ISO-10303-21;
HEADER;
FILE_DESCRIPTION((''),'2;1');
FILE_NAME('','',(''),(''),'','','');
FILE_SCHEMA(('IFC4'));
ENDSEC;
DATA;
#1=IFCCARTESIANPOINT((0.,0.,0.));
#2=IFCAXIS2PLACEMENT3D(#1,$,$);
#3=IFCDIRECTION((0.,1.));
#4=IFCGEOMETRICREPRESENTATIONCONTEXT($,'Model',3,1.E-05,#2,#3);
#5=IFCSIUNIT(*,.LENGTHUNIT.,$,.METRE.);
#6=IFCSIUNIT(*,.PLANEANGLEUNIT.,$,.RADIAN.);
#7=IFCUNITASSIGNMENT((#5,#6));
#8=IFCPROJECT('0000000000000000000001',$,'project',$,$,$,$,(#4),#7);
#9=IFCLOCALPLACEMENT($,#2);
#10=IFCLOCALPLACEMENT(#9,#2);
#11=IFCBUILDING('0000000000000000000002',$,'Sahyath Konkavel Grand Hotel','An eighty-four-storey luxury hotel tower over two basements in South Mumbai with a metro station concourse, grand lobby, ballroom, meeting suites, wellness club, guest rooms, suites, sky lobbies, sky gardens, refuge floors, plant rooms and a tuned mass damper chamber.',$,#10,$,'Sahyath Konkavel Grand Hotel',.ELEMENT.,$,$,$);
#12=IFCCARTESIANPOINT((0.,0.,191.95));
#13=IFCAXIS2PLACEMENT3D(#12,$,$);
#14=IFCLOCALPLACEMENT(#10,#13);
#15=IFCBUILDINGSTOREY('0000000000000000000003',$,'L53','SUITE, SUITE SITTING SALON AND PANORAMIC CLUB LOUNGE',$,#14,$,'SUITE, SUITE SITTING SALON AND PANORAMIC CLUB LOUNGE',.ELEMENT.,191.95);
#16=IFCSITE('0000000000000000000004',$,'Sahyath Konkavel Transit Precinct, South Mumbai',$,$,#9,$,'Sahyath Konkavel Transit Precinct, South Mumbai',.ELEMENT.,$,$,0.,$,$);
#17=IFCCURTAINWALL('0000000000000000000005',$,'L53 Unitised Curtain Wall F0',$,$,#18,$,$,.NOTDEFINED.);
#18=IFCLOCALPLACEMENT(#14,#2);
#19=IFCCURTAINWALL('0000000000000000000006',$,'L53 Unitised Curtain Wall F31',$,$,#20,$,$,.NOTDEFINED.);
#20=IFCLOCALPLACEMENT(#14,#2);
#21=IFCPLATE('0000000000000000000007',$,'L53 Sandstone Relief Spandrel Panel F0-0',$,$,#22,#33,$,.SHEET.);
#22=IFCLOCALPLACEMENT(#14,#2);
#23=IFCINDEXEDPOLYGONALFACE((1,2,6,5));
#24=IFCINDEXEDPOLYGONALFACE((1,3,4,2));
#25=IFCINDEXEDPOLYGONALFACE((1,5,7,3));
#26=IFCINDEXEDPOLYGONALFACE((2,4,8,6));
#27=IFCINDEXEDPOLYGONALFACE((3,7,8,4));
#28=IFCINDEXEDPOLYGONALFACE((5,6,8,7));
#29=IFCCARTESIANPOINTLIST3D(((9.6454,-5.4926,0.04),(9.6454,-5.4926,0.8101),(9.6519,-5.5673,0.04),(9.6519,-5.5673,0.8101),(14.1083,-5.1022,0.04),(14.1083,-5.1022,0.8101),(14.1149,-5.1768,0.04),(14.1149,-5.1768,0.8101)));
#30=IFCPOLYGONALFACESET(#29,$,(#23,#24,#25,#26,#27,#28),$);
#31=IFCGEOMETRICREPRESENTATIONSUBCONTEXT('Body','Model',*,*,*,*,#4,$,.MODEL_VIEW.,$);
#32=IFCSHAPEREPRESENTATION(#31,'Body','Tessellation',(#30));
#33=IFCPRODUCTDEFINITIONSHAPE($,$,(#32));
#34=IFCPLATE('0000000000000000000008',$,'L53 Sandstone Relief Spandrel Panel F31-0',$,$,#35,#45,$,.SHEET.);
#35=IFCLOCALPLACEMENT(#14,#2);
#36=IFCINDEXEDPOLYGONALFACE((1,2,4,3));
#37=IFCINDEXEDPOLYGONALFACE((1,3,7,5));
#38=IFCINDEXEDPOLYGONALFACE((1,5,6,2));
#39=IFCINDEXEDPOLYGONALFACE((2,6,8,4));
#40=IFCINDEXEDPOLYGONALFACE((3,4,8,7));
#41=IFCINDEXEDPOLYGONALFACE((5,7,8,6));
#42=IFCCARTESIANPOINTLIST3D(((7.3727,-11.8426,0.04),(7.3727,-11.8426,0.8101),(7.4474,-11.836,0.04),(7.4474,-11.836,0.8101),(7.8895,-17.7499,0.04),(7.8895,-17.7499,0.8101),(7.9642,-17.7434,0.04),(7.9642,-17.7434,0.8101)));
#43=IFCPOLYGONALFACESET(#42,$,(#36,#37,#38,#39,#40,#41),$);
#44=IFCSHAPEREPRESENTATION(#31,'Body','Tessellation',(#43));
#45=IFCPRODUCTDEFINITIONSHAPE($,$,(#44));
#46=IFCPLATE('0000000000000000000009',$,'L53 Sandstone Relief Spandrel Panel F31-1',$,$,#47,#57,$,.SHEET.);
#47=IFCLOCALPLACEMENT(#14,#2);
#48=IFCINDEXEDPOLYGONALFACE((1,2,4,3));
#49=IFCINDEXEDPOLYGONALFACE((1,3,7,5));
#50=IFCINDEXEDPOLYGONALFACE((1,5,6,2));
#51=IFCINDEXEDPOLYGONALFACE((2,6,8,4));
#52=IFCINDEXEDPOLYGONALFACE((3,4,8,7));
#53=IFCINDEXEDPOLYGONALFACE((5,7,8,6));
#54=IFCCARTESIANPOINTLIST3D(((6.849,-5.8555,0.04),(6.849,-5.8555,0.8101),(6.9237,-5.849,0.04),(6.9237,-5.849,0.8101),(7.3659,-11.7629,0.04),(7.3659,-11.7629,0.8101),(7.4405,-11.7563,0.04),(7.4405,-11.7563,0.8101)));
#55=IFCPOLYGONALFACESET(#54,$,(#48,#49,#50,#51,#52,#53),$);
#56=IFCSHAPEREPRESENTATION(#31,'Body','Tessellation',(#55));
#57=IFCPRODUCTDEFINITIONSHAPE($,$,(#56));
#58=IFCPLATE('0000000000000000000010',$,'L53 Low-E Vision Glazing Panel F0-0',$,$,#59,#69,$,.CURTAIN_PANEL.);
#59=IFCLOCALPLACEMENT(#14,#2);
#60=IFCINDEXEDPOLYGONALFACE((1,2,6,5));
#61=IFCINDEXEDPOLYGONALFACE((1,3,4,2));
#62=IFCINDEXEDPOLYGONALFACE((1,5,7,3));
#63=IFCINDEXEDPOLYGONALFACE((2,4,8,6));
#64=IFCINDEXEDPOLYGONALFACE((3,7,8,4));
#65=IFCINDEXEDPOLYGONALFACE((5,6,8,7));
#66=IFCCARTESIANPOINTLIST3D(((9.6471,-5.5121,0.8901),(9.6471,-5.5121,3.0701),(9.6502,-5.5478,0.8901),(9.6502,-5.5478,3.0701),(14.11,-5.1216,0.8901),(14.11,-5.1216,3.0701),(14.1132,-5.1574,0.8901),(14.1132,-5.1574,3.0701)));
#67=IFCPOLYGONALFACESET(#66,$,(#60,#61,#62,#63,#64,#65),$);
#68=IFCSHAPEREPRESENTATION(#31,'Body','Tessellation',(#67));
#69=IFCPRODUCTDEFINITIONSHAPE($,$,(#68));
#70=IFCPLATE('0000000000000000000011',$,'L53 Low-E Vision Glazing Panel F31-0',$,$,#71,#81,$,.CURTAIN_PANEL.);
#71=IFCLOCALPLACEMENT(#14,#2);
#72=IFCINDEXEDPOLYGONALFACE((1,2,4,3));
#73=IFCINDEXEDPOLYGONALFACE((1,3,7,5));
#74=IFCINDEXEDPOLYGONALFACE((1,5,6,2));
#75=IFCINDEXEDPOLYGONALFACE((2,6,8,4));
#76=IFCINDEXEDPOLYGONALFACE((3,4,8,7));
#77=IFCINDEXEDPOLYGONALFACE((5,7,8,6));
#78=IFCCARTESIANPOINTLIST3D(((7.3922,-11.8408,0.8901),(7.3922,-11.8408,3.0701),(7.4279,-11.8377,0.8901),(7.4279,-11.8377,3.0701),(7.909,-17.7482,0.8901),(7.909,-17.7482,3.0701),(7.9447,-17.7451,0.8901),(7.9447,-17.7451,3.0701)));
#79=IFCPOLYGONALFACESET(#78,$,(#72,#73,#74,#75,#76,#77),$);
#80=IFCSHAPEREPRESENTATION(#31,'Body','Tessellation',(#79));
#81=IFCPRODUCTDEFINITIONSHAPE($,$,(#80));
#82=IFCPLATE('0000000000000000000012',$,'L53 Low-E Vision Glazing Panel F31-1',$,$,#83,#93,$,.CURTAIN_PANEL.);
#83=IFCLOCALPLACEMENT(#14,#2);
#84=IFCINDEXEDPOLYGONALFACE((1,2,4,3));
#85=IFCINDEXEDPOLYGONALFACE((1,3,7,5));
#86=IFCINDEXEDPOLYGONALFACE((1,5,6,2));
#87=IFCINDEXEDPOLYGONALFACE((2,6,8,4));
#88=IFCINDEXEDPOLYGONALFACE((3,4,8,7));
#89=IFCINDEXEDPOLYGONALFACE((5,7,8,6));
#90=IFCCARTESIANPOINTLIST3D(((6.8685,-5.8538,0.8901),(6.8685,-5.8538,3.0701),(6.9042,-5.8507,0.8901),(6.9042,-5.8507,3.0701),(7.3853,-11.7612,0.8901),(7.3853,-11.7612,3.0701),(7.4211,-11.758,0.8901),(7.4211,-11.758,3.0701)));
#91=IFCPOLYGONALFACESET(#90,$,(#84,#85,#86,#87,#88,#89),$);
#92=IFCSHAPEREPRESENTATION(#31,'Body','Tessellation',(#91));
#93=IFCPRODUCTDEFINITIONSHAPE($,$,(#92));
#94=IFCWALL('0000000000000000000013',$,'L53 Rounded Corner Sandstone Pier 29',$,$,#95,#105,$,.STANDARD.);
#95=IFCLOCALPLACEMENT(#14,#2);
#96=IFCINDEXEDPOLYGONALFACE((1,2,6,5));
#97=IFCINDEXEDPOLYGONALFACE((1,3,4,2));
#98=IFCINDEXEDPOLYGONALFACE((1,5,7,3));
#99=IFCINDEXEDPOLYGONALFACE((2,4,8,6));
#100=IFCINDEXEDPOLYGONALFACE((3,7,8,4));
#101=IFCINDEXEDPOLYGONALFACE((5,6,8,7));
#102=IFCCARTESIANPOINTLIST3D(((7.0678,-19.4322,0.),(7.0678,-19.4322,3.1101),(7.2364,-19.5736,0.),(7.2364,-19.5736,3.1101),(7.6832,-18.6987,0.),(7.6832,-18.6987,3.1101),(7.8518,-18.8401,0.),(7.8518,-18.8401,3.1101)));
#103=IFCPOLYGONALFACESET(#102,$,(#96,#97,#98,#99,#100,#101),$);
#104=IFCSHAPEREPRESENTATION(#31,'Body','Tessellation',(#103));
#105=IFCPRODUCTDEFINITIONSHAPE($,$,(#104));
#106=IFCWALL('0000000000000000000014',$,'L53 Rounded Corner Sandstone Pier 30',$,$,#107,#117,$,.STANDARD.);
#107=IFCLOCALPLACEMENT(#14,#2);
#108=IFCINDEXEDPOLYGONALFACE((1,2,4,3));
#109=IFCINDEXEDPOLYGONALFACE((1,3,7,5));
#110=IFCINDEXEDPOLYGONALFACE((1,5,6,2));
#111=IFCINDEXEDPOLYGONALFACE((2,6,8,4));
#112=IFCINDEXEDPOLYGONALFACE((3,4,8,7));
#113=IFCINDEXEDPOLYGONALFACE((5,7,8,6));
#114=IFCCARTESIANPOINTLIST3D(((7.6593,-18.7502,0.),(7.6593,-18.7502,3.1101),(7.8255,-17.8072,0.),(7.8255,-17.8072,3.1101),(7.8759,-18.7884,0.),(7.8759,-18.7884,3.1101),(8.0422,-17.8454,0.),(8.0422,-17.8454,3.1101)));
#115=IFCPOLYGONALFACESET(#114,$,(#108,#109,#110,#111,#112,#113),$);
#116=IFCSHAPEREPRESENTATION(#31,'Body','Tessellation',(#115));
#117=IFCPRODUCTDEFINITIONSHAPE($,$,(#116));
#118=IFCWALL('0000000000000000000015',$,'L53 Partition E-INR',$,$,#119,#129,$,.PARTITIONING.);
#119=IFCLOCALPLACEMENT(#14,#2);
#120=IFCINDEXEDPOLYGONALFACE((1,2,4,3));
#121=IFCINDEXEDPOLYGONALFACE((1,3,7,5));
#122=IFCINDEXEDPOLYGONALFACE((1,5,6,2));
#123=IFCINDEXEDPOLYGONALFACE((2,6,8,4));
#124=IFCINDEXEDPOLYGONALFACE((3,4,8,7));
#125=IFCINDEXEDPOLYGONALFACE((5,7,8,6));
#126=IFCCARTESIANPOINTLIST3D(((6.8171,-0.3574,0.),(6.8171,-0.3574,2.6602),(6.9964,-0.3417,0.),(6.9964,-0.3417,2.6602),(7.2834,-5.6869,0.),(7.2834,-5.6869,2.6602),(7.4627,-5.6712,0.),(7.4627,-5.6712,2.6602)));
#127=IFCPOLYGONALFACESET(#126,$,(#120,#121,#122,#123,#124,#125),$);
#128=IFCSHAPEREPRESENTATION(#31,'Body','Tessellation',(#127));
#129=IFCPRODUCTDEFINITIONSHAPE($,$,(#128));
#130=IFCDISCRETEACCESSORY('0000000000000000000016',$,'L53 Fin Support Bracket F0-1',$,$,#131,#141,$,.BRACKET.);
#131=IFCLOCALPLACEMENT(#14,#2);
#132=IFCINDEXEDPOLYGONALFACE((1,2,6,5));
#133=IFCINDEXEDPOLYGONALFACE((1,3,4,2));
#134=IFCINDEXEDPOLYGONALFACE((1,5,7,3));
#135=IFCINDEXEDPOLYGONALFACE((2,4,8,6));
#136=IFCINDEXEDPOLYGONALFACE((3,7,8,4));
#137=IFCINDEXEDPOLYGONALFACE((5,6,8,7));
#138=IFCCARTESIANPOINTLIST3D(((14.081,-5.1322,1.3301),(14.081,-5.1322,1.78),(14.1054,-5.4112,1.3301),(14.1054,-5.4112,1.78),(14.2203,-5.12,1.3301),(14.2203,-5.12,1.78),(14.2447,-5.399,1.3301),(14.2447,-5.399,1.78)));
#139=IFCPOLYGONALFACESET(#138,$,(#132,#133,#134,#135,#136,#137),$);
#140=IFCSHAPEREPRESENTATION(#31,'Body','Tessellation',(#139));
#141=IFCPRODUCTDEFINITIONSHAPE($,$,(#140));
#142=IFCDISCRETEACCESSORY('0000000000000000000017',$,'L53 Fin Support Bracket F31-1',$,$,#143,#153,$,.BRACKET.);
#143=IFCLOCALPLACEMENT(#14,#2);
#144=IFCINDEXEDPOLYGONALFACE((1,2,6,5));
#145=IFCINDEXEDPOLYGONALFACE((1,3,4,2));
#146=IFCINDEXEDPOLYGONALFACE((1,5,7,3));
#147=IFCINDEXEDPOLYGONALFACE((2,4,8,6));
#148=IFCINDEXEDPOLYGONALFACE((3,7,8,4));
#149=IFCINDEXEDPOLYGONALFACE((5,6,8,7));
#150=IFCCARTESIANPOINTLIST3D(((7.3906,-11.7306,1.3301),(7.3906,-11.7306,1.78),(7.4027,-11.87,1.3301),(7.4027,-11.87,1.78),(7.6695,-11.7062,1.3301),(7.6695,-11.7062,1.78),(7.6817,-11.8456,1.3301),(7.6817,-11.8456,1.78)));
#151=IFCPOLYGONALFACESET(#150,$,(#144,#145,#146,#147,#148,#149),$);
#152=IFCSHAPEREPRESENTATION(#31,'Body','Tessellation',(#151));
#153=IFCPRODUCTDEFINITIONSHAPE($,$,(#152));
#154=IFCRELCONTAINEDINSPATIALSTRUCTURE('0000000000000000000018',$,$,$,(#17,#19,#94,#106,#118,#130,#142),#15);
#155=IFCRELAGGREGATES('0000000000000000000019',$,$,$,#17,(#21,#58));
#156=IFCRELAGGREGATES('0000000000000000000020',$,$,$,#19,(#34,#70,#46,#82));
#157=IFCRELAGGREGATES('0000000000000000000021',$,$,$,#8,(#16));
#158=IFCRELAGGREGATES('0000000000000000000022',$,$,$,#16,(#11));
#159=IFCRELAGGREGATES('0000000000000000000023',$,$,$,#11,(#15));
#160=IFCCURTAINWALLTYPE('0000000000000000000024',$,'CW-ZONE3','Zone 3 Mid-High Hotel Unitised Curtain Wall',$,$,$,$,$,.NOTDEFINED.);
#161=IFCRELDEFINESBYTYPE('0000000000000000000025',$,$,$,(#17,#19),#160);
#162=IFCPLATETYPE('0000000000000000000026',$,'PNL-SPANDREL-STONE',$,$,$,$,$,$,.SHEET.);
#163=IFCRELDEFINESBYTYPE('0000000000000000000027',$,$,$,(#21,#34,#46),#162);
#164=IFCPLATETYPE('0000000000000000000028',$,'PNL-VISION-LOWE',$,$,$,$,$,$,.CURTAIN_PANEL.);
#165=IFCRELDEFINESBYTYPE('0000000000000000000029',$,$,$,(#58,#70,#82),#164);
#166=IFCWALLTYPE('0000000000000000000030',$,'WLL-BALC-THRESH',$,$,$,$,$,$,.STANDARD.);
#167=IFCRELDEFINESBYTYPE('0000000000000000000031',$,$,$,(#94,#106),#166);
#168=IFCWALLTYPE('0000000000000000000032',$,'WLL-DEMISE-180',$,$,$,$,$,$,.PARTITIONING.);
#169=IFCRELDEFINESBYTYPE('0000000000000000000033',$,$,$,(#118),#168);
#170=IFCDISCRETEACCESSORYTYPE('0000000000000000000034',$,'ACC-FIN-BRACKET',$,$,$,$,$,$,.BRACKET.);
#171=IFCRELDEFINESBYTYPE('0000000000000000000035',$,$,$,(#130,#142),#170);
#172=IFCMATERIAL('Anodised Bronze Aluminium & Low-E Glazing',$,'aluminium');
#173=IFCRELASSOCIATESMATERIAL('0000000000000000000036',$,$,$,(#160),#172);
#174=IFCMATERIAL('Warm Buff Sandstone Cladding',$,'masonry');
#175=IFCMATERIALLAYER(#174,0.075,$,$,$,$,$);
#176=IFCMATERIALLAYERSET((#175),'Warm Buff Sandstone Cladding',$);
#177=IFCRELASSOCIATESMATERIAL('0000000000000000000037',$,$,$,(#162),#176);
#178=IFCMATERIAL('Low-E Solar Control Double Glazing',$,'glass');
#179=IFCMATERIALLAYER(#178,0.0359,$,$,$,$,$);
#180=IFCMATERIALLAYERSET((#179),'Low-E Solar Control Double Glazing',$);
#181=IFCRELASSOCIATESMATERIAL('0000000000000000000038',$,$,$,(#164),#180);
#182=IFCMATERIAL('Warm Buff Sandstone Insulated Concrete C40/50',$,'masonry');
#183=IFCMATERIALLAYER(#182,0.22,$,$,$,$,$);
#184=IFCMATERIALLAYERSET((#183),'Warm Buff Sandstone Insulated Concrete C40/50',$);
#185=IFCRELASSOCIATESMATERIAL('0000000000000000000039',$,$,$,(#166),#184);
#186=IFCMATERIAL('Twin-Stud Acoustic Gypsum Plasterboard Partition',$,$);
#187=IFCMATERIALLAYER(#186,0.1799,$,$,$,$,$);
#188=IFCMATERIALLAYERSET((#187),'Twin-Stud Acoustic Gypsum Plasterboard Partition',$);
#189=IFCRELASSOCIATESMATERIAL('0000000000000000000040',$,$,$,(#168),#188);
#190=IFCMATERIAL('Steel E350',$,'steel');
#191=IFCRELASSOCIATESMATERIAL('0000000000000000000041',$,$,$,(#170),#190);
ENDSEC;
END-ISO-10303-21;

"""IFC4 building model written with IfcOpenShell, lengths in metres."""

from ifc_helpers import new_model, si_unit, direction, frame, frame_2d, origin, origin_2d, place, context, subcontext, project, spatial, rectangle, extrude, source, transform, mapped, material, layer, layer_set, type_object, element, aggregate, save


model = new_model("IFC4")

# Units and contexts
model_context = context("Model", 3, precision=1e-05, world=origin(), true_north=direction((0.0, 1.0)))
body_context = subcontext(model_context, "Body", "Model", "MODEL_VIEW")
ifc_project = project(units=[si_unit("LENGTHUNIT", "METRE"), si_unit("PLANEANGLEUNIT", "RADIAN")], contexts=[model_context])

# Site, building, storey
site_placement = place(None, origin())
site = spatial("IfcSite", under=ifc_project, at=site_placement, Name="Sahyath Konkavel Transit Precinct, South Mumbai", LongName="Sahyath Konkavel Transit Precinct, South Mumbai", CompositionType="ELEMENT", RefElevation=0.0)
building_placement = place(site_placement, origin())
building = spatial("IfcBuilding", under=site, at=building_placement, Name="Sahyath Konkavel Grand Hotel", Description="An eighty-four-storey luxury hotel tower over two basements in South Mumbai with a metro station concourse, grand lobby, ballroom, meeting suites, wellness club, guest rooms, suites, sky lobbies, sky gardens, refuge floors, plant rooms and a tuned mass damper chamber.", LongName="Sahyath Konkavel Grand Hotel", CompositionType="ELEMENT")
storey_placement = place(building_placement, frame((0.0, 0.0, 191.95)))
storey = spatial("IfcBuildingStorey", under=building, at=storey_placement, Name="L53", Description="SUITE, SUITE SITTING SALON AND PANORAMIC CLUB LOUNGE", LongName="SUITE, SUITE SITTING SALON AND PANORAMIC CLUB LOUNGE", CompositionType="ELEMENT", Elevation=191.95)

# Curtain walls
ifc_material_1 = material(Name="Anodised Bronze Aluminium & Low-E Glazing", Category="aluminium")
curtain_wall_type = type_object("IfcCurtainWallType", Name="CW-ZONE3", Description="Zone 3 Mid-High Hotel Unitised Curtain Wall", PredefinedType="NOTDEFINED", material=ifc_material_1)
curtain_wall_1_placement = place(storey_placement, origin())
curtain_wall_1 = element("IfcCurtainWall", 1, at=curtain_wall_1_placement, inside=storey, type_object=curtain_wall_type, Name="L53 Unitised Curtain Wall F0", PredefinedType="NOTDEFINED")
curtain_wall_2_placement = place(storey_placement, origin())
curtain_wall_2 = element("IfcCurtainWall", 2, at=curtain_wall_2_placement, inside=storey, type_object=curtain_wall_type, Name="L53 Unitised Curtain Wall F31", PredefinedType="NOTDEFINED")

# Plates
ifc_material_2 = material(Name="Warm Buff Sandstone Cladding", Category="masonry")
ifc_layer_1 = layer(ifc_material_2, 0.075)
ifc_layer_set_1 = layer_set([ifc_layer_1], Name="Warm Buff Sandstone Cladding")
plate_type_1 = type_object("IfcPlateType", Name="PNL-SPANDREL-STONE", PredefinedType="SHEET", material=ifc_layer_set_1)
shared_shape_1 = source(origin(), body_context, "Body", "SweptSolid", [
    extrude(rectangle(XDim=4.48, YDim=0.075, at=origin_2d()), origin(), (0.0, 0.0, 1.0), 0.77),
])
plate_1_placement = place(storey_placement, frame((11.8801, -5.3347, 0.04), z_axis=(0.0, 0.0, 1.0), x_axis=(0.996195, 0.087156, 0.0)))
plate_1 = element("IfcPlate", 3, at=plate_1_placement, type_object=plate_type_1, Name="L53 Sandstone Relief Spandrel Panel F0-0", PredefinedType="SHEET", context=body_context, shape_type="MappedRepresentation", body=[
    mapped(shared_shape_1, transform((0.0, 0.0, 0.0), scale=1.0)),
])
shared_shape_2 = source(origin(), body_context, "Body", "SweptSolid", [
    extrude(rectangle(XDim=5.9299, YDim=0.075, at=origin_2d()), origin(), (0.0, 0.0, 1.0), 0.77),
])
plate_2_placement = place(storey_placement, frame((7.6685, -14.793, 0.04), z_axis=(0.0, 0.0, 1.0), x_axis=(-0.087156, 0.996195, 0.0)))
plate_2 = element("IfcPlate", 4, at=plate_2_placement, type_object=plate_type_1, Name="L53 Sandstone Relief Spandrel Panel F31-0", PredefinedType="SHEET", context=body_context, shape_type="MappedRepresentation", body=[
    mapped(shared_shape_2, transform((0.0, 0.0, 0.0), scale=1.0)),
])
plate_3_placement = place(storey_placement, frame((7.1448, -8.8059, 0.04), z_axis=(0.0, 0.0, 1.0), x_axis=(-0.087156, 0.996195, 0.0)))
plate_3 = element("IfcPlate", 5, at=plate_3_placement, type_object=plate_type_1, Name="L53 Sandstone Relief Spandrel Panel F31-1", PredefinedType="SHEET", context=body_context, shape_type="MappedRepresentation", body=[
    mapped(shared_shape_2, transform((0.0, 0.0, 0.0), scale=1.0)),
])
ifc_material_3 = material(Name="Low-E Solar Control Double Glazing", Category="glass")
ifc_layer_2 = layer(ifc_material_3, 0.0359)
ifc_layer_set_2 = layer_set([ifc_layer_2], Name="Low-E Solar Control Double Glazing")
plate_type_2 = type_object("IfcPlateType", Name="PNL-VISION-LOWE", PredefinedType="CURTAIN_PANEL", material=ifc_layer_set_2)
shared_shape_3 = source(origin(), body_context, "Body", "SweptSolid", [
    extrude(rectangle(XDim=4.48, YDim=0.0359, at=origin_2d()), origin(), (0.0, 0.0, 1.0), 2.1799),
])
plate_4_placement = place(storey_placement, frame((11.8801, -5.3347, 0.8901), z_axis=(0.0, 0.0, 1.0), x_axis=(0.996195, 0.087156, 0.0)))
plate_4 = element("IfcPlate", 6, at=plate_4_placement, type_object=plate_type_2, Name="L53 Low-E Vision Glazing Panel F0-0", PredefinedType="CURTAIN_PANEL", context=body_context, shape_type="MappedRepresentation", body=[
    mapped(shared_shape_3, transform((0.0, 0.0, 0.0), scale=1.0)),
])
aggregate(curtain_wall_1, [plate_1, plate_4])
shared_shape_4 = source(origin(), body_context, "Body", "SweptSolid", [
    extrude(rectangle(XDim=5.9299, YDim=0.0359, at=origin_2d()), origin(), (0.0, 0.0, 1.0), 2.1799),
])
plate_5_placement = place(storey_placement, frame((7.6685, -14.793, 0.8901), z_axis=(0.0, 0.0, 1.0), x_axis=(-0.087156, 0.996195, 0.0)))
plate_5 = element("IfcPlate", 7, at=plate_5_placement, type_object=plate_type_2, Name="L53 Low-E Vision Glazing Panel F31-0", PredefinedType="CURTAIN_PANEL", context=body_context, shape_type="MappedRepresentation", body=[
    mapped(shared_shape_4, transform((0.0, 0.0, 0.0), scale=1.0)),
])
plate_6_placement = place(storey_placement, frame((7.1448, -8.8059, 0.8901), z_axis=(0.0, 0.0, 1.0), x_axis=(-0.087156, 0.996195, 0.0)))
plate_6 = element("IfcPlate", 8, at=plate_6_placement, type_object=plate_type_2, Name="L53 Low-E Vision Glazing Panel F31-1", PredefinedType="CURTAIN_PANEL", context=body_context, shape_type="MappedRepresentation", body=[
    mapped(shared_shape_4, transform((0.0, 0.0, 0.0), scale=1.0)),
])
aggregate(curtain_wall_2, [plate_2, plate_5, plate_3, plate_6])

# Walls
ifc_material_4 = material(Name="Warm Buff Sandstone Insulated Concrete C40/50", Category="masonry")
ifc_layer_3 = layer(ifc_material_4, 0.22)
ifc_layer_set_3 = layer_set([ifc_layer_3], Name="Warm Buff Sandstone Insulated Concrete C40/50")
wall_type_1 = type_object("IfcWallType", Name="WLL-BALC-THRESH", PredefinedType="STANDARD", material=ifc_layer_set_3)
for number, where, z_axis, x_axis, name in (
    (9, (7.1521, -19.5029, 0.0), (0.0, 0.0, 1.0), (0.642714, 0.766107, 0.0), "L53 Rounded Corner Sandstone Pier 29"),
    (10, (7.7676, -18.7693, 0.0), (0.0, 0.0, 1.0), (0.173654, 0.984807, 0.0), "L53 Rounded Corner Sandstone Pier 30"),
):
    element("IfcWall", number, at=place(storey_placement, frame(where, z_axis=z_axis, x_axis=x_axis)), inside=storey, type_object=wall_type_1, Name=name, PredefinedType="STANDARD", context=body_context, shape_type="SweptSolid", body=[
        extrude(rectangle(XDim=0.9575, YDim=0.22, at=frame_2d((0.4788, 0.0))), origin(), (0.0, 0.0, 1.0), 3.1101),
    ])
ifc_material_5 = material(Name="Twin-Stud Acoustic Gypsum Plasterboard Partition")
ifc_layer_4 = layer(ifc_material_5, 0.1799)
ifc_layer_set_4 = layer_set([ifc_layer_4], Name="Twin-Stud Acoustic Gypsum Plasterboard Partition")
wall_type_2 = type_object("IfcWallType", Name="WLL-DEMISE-180", PredefinedType="PARTITIONING", material=ifc_layer_set_4)
wall_placement = place(storey_placement, frame((7.373, -5.679, 0.0), z_axis=(0.0, 0.0, 1.0), x_axis=(-0.087161, 0.996194, 0.0)))
element("IfcWall", 11, at=wall_placement, inside=storey, type_object=wall_type_2, Name="L53 Partition E-INR", PredefinedType="PARTITIONING", context=body_context, shape_type="SweptSolid", body=[
    extrude(rectangle(XDim=5.3499, YDim=0.1799, at=frame_2d((2.6748, 0.0))), origin(), (0.0, 0.0, 1.0), 2.6602),
])

# Discrete accessories
ifc_material_6 = material(Name="Steel E350", Category="steel")
discrete_accessory_type = type_object("IfcDiscreteAccessoryType", Name="ACC-FIN-BRACKET", PredefinedType="BRACKET", material=ifc_material_6)
shared_shape_5 = source(origin(), body_context, "Body", "SweptSolid", [
    extrude(rectangle(XDim=0.28, YDim=0.1399, at=origin_2d()), origin(), (0.0, 0.0, 1.0), 0.45),
])
for number, where, z_axis, x_axis, name in (
    (12, (14.1628, -5.2656, 1.3301), (0.0, 0.0, 1.0), (0.087156, -0.996195, 0.0), "L53 Fin Support Bracket F0-1"),
    (13, (7.5361, -11.7881, 1.3301), (0.0, 0.0, 1.0), (0.996195, 0.087156, 0.0), "L53 Fin Support Bracket F31-1"),
):
    element("IfcDiscreteAccessory", number, at=place(storey_placement, frame(where, z_axis=z_axis, x_axis=x_axis)), inside=storey, type_object=discrete_accessory_type, Name=name, PredefinedType="BRACKET", context=body_context, shape_type="MappedRepresentation", body=[
        mapped(shared_shape_5, transform((0.0, 0.0, 0.0), scale=1.0)),
    ])

save(model, "model.ifc")
